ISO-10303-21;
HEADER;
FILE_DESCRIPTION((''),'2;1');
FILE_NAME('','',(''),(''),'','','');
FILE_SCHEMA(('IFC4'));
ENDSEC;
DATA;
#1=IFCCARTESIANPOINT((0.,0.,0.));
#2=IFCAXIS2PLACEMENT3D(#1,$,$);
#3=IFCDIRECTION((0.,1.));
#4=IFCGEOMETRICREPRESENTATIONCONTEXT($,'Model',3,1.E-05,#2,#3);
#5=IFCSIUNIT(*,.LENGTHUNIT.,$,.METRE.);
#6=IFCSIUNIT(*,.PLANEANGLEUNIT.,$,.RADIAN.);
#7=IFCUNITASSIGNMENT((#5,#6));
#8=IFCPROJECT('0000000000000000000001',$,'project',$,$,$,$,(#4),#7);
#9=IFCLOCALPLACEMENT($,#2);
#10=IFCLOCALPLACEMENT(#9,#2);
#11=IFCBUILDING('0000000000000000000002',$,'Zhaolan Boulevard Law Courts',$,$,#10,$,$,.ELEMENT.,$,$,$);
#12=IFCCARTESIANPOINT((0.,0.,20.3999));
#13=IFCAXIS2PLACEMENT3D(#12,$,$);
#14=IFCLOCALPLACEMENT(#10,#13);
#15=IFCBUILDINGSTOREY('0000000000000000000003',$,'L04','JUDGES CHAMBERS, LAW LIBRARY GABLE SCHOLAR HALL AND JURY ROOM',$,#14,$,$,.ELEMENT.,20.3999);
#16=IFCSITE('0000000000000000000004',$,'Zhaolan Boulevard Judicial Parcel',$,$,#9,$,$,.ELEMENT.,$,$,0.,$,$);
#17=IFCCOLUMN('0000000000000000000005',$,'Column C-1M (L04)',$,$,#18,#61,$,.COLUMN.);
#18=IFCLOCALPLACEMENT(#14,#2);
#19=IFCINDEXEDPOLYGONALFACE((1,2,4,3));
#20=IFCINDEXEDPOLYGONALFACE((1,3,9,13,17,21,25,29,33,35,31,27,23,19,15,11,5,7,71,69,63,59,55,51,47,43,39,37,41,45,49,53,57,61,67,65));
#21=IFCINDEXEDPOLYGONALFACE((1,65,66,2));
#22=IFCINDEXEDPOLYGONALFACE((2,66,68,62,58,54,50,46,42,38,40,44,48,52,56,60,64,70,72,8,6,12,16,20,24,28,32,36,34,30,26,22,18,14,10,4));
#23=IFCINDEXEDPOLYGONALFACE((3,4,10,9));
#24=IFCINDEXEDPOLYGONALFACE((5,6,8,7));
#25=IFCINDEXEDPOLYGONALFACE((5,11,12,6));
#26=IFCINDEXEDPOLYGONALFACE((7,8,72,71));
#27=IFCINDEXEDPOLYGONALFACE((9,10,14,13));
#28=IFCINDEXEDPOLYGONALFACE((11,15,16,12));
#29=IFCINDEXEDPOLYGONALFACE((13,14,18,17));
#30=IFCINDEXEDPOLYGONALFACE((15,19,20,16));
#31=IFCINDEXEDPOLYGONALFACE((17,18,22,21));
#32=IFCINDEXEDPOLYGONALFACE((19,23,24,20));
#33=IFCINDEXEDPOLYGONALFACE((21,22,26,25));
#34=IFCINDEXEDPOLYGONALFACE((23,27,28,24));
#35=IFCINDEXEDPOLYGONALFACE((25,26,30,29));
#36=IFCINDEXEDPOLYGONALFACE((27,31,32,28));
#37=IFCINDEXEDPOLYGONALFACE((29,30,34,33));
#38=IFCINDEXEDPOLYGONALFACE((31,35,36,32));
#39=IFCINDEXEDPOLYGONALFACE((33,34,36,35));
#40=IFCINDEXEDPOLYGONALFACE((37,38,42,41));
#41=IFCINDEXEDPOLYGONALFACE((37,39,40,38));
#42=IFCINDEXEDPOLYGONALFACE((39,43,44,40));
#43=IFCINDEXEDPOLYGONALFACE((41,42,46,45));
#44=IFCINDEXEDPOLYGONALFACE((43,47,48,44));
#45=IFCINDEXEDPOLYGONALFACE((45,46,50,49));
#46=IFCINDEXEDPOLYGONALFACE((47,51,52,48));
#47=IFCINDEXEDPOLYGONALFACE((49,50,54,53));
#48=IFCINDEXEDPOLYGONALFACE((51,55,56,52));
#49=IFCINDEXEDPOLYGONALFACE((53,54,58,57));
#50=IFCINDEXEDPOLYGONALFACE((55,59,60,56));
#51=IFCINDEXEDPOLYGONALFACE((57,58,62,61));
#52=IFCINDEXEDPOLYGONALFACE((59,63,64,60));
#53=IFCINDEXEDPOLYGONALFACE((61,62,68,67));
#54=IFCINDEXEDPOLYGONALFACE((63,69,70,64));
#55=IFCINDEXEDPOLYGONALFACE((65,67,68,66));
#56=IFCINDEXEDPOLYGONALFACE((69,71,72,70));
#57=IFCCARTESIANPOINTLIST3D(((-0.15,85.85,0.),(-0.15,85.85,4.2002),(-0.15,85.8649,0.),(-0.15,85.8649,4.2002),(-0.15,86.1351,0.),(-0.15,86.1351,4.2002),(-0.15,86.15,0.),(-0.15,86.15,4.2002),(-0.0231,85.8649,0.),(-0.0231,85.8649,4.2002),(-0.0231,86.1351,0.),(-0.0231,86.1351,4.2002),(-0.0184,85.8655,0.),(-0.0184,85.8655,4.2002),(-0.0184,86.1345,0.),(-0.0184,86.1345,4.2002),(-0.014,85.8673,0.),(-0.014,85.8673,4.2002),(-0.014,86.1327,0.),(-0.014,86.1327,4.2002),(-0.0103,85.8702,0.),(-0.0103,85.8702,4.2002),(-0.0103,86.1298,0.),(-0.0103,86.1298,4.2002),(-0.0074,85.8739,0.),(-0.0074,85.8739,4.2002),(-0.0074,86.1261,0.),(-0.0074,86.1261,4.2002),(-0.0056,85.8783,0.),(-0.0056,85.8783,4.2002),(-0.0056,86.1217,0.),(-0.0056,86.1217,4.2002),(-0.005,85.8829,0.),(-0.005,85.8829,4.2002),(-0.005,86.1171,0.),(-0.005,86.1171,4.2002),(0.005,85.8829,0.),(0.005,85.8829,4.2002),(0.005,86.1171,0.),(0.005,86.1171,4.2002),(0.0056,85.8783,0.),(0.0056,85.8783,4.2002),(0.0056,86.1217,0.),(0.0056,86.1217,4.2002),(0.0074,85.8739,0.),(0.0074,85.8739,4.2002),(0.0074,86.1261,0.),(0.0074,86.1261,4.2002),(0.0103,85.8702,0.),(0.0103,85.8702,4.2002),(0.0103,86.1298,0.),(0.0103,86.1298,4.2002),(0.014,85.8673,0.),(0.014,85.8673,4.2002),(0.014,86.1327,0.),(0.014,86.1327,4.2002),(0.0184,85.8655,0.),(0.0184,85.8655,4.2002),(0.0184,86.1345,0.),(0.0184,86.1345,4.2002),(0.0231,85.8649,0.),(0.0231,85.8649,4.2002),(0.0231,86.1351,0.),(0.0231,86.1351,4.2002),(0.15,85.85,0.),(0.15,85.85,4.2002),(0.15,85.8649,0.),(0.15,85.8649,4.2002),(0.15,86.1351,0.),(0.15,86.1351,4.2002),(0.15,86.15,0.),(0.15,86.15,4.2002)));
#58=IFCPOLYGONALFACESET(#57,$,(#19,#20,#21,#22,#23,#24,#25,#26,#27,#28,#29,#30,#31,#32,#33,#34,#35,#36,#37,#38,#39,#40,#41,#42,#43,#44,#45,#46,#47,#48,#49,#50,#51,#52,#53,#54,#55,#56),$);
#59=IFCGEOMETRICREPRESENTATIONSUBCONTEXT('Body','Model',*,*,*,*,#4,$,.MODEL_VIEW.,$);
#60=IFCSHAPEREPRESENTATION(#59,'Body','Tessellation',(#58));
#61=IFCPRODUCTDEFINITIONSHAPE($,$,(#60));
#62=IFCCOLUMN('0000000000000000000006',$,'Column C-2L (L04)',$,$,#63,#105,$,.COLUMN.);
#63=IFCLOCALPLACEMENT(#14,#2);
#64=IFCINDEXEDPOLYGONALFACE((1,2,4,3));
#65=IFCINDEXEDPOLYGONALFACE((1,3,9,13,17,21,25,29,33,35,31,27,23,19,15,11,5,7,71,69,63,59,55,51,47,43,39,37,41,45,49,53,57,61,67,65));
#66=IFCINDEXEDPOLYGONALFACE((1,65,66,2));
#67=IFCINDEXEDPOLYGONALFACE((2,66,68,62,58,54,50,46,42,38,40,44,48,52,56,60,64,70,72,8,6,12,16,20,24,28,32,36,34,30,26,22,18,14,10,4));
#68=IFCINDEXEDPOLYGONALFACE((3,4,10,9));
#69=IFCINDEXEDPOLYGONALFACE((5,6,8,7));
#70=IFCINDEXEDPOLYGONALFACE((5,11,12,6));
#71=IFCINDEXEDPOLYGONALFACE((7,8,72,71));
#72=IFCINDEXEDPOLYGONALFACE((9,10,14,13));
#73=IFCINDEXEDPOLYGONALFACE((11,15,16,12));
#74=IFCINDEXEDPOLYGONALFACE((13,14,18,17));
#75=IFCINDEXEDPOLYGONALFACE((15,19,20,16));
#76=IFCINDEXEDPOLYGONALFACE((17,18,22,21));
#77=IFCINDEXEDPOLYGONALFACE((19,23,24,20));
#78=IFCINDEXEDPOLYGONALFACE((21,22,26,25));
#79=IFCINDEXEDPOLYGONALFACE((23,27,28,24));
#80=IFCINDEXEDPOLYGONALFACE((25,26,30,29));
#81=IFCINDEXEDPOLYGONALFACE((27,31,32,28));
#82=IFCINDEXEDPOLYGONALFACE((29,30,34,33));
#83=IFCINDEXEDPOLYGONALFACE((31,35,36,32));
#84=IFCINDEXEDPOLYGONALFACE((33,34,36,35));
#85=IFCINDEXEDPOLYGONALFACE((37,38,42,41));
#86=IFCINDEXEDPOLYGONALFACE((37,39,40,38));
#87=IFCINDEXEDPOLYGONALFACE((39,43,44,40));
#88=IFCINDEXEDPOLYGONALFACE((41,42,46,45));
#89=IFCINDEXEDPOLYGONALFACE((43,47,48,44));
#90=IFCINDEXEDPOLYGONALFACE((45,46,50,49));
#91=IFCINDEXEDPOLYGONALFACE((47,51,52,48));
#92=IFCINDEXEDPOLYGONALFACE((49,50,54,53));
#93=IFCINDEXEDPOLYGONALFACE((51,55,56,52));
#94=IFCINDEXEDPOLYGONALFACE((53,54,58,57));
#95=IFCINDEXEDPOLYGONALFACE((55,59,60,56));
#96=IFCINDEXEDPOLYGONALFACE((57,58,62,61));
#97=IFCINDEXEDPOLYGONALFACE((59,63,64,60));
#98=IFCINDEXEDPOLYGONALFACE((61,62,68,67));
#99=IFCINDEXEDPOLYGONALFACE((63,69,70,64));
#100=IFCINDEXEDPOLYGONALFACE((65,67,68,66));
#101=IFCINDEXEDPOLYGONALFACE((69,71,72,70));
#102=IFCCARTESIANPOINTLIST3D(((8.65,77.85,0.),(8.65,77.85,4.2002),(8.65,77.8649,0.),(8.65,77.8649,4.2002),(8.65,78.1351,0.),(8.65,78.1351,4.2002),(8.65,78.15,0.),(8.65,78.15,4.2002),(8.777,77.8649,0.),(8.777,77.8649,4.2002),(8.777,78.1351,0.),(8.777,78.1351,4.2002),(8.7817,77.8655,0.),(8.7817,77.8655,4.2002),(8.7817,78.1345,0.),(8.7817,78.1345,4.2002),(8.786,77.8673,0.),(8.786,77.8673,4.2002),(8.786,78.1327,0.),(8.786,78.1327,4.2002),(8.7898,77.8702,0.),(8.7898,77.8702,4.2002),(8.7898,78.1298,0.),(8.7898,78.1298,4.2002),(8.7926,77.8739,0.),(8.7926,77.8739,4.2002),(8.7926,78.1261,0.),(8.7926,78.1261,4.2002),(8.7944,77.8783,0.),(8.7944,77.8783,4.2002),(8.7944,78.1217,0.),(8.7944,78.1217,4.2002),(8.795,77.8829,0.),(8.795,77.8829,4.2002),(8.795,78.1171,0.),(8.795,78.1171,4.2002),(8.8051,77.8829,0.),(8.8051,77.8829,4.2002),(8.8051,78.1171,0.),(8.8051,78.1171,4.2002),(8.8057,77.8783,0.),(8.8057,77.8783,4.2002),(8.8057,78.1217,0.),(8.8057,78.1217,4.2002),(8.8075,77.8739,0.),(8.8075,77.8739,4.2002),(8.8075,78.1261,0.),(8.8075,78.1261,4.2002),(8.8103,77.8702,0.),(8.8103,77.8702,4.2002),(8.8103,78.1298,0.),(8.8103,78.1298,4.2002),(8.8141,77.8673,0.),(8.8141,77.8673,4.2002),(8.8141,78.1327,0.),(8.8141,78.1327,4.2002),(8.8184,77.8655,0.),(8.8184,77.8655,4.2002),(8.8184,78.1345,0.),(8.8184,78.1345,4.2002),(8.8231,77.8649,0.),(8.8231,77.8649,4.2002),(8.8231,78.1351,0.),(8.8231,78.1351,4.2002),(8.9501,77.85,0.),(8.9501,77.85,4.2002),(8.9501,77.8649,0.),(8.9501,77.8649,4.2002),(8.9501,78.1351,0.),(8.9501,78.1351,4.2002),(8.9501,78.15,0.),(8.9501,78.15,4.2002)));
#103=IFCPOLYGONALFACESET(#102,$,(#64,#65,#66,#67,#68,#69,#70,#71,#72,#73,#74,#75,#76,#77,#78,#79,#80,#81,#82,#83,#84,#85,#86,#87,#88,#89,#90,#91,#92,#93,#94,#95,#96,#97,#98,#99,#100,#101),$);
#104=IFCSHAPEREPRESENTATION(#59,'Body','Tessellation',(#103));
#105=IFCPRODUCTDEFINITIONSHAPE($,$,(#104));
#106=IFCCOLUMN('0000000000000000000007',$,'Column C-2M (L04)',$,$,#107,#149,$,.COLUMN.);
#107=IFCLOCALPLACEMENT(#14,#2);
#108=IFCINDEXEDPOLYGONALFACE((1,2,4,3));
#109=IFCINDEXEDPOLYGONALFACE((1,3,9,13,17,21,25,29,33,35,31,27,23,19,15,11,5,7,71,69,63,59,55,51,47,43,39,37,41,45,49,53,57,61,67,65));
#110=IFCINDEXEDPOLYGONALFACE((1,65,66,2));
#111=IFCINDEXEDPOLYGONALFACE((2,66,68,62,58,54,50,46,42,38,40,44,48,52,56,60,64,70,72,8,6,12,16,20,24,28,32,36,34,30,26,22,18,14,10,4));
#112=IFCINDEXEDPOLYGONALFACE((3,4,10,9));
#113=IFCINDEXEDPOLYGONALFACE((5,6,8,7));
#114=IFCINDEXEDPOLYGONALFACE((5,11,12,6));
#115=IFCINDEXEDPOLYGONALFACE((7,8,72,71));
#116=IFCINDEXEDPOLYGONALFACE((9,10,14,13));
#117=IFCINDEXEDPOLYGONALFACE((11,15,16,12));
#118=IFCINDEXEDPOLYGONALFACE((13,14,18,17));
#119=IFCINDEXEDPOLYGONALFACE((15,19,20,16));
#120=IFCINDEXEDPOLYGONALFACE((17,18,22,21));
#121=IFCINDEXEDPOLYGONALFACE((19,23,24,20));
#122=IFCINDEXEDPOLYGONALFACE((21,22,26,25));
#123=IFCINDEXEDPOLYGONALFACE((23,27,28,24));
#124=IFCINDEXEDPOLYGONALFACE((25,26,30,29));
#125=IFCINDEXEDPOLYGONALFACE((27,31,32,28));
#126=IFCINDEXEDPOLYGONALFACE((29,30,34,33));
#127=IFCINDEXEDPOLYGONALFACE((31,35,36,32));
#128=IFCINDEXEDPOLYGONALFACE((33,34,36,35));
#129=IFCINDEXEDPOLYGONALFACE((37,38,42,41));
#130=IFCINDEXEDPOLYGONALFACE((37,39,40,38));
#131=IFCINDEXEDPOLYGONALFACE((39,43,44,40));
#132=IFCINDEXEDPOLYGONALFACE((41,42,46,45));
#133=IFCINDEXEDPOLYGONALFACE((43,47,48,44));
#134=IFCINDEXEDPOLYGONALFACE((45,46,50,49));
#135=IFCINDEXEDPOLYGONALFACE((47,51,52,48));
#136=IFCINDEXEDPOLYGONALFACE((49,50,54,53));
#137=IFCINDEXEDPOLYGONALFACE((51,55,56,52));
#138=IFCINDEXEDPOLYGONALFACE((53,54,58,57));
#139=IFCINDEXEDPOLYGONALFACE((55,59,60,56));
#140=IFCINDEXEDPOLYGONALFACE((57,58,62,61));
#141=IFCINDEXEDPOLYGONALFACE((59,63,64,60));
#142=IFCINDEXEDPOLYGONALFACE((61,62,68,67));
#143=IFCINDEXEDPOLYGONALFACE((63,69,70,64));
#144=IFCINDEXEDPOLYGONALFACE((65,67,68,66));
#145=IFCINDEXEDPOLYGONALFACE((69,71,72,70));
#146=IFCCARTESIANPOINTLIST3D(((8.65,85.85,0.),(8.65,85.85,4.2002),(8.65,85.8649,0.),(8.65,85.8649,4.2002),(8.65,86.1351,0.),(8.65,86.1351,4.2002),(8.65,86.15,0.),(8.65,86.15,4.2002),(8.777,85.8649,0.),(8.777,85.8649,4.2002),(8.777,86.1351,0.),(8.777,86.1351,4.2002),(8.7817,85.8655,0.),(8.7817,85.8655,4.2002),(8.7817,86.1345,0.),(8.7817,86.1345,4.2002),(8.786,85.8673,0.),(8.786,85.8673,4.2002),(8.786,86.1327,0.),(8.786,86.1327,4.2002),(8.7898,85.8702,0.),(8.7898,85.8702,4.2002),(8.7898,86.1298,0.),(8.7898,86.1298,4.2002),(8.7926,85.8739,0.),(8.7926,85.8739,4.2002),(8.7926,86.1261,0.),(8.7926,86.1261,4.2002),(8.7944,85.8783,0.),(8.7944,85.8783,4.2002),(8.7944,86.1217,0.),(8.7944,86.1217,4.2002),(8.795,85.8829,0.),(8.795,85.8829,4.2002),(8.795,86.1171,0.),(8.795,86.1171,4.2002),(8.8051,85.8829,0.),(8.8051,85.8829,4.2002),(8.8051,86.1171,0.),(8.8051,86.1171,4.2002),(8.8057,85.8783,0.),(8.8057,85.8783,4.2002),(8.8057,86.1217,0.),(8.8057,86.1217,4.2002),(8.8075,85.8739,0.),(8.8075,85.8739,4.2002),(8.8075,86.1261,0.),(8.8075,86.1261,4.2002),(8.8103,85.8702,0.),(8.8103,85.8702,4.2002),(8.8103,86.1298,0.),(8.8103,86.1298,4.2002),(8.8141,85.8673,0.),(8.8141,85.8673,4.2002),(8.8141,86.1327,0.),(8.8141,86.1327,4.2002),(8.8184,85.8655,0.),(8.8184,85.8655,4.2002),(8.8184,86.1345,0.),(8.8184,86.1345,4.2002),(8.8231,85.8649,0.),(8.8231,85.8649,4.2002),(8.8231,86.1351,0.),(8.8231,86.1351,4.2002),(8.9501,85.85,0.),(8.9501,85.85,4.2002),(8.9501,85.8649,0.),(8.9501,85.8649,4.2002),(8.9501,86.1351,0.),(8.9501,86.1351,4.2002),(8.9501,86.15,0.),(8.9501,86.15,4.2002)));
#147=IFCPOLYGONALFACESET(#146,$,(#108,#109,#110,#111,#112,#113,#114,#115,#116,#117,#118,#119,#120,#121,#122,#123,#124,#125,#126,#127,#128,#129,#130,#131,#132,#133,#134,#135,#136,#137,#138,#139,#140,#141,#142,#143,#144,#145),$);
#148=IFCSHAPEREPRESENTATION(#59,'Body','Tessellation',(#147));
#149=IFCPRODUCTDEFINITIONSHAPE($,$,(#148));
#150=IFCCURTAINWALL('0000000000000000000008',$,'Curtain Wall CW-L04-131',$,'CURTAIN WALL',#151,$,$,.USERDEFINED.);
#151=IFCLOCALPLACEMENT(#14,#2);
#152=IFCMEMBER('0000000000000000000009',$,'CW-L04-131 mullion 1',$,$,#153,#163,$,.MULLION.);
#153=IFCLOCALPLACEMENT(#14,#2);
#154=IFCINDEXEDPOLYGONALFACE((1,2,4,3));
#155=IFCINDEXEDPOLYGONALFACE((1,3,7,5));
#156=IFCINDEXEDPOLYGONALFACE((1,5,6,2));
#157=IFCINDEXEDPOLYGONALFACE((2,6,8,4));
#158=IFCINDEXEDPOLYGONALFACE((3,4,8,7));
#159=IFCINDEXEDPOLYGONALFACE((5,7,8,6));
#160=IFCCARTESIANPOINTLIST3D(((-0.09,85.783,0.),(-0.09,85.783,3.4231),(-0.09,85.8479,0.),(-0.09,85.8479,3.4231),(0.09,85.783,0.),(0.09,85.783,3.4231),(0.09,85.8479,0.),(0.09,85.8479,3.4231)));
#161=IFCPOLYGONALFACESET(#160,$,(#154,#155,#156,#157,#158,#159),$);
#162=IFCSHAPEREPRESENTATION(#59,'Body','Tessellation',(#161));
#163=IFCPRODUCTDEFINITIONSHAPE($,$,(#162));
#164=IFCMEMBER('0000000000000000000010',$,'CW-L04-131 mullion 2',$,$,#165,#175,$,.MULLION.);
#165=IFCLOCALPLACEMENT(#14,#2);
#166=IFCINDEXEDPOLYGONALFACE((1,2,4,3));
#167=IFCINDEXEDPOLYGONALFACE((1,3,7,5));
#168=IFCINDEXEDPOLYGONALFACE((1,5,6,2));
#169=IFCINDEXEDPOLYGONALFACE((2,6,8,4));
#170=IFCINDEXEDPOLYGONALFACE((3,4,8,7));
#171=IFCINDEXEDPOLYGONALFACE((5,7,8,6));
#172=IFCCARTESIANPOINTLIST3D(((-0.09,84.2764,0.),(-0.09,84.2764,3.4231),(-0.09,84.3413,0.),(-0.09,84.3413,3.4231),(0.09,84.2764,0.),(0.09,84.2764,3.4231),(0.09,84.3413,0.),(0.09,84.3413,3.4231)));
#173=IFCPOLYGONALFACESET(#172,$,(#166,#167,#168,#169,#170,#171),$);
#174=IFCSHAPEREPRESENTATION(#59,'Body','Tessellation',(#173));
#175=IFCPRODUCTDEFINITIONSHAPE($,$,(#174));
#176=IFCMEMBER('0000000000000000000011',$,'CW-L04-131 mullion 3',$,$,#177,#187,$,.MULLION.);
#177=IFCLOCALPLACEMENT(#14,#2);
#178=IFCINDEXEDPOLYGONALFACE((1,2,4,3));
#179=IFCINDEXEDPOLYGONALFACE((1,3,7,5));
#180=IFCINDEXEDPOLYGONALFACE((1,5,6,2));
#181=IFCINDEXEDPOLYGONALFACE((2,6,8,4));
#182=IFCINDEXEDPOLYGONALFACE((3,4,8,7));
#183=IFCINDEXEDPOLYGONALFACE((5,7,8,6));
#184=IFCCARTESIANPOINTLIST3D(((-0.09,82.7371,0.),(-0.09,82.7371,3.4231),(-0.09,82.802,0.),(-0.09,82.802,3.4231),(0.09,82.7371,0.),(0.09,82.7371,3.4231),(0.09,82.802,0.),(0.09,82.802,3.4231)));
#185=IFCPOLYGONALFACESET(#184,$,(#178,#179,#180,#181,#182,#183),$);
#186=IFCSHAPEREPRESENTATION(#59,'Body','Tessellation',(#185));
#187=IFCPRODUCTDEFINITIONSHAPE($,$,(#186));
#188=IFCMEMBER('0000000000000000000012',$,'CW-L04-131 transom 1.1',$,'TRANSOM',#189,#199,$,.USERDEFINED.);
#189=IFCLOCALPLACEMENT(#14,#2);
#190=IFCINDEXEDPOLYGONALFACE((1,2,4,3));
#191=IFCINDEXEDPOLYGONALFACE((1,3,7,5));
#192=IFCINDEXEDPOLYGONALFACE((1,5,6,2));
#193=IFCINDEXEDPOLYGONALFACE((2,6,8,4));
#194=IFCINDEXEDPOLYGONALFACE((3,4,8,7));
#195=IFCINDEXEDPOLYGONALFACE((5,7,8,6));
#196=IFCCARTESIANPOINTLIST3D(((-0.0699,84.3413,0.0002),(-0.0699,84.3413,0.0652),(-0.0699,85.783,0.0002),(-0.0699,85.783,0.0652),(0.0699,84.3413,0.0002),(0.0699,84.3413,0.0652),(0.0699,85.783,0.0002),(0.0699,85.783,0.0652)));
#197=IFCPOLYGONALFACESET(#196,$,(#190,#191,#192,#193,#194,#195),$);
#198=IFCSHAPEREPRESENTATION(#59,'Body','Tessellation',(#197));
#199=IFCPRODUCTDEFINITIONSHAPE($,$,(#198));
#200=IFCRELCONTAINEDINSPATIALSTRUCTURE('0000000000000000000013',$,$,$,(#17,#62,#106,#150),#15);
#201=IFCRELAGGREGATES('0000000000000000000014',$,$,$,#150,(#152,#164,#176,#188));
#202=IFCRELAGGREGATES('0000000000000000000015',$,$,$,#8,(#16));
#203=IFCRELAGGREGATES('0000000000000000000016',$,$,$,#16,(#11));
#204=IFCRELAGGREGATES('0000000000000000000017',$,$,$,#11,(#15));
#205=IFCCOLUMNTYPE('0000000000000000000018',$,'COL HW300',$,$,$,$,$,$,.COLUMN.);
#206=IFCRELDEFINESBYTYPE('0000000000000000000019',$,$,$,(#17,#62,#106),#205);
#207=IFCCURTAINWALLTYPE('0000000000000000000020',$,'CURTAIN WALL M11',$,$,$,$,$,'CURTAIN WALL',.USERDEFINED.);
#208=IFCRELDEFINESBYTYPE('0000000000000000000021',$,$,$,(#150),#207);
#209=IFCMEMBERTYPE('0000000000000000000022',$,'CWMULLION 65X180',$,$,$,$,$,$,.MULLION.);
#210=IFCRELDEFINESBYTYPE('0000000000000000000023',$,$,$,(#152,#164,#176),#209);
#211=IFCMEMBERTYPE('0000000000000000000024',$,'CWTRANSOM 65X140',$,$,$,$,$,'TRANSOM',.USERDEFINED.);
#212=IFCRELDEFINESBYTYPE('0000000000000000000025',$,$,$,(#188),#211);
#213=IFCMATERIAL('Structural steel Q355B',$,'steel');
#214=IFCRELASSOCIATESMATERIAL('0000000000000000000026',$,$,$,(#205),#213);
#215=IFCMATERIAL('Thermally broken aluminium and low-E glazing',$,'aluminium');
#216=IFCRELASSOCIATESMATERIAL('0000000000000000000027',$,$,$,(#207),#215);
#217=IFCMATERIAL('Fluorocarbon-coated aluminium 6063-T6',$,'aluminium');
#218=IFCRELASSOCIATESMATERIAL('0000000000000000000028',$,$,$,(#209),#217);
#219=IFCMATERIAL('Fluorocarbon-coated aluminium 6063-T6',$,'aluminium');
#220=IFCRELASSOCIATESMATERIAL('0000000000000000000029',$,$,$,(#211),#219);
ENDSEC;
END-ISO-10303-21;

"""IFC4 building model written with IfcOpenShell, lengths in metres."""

from ifc_helpers import new_model, si_unit, direction, frame, origin, origin_2d, place, context, subcontext, project, spatial, rectangle, i_section, extrude, material, material_profile, profile_set, type_object, element, aggregate, save


model = new_model("IFC4")

# Units and contexts
model_context = context("Model", 3, precision=1e-05, world=origin(), true_north=direction((0.0, 1.0)))
body_context = subcontext(model_context, "Body", "Model", "MODEL_VIEW")
ifc_project = project(units=[si_unit("LENGTHUNIT", "METRE"), si_unit("PLANEANGLEUNIT", "RADIAN")], contexts=[model_context])

# Site, building, storey
site_placement = place(None, origin())
site = spatial("IfcSite", under=ifc_project, at=site_placement, Name="Zhaolan Boulevard Judicial Parcel", CompositionType="ELEMENT", RefElevation=0.0)
building_placement = place(site_placement, origin())
building = spatial("IfcBuilding", under=site, at=building_placement, Name="Zhaolan Boulevard Law Courts", CompositionType="ELEMENT")
storey_placement = place(building_placement, frame((0.0, 0.0, 20.3999)))
storey = spatial("IfcBuildingStorey", under=building, at=storey_placement, Name="L04", Description="JUDGES CHAMBERS, LAW LIBRARY GABLE SCHOLAR HALL AND JURY ROOM", CompositionType="ELEMENT", Elevation=20.3999)

# Columns
ifc_material_1 = material(Name="Structural steel Q355B", Category="steel")
ifc_material_profile_1 = material_profile(ifc_material_1, i_section(OverallWidth=0.3, OverallDepth=0.3, WebThickness=0.01, FlangeThickness=0.0149, FilletRadius=0.0181, at=origin_2d()), Name="HW300x300")
ifc_profile_set_1 = profile_set([ifc_material_profile_1], Name="Structural steel Q355B")
column_type = type_object("IfcColumnType", Name="COL HW300", PredefinedType="COLUMN", material=ifc_profile_set_1)
for number, where, z_axis, x_axis, name in (
    (1, (0.0, 86.0, 0.0), (0.0, 0.0, 1.0), (1.0, 0.0, 0.0), "Column C-1M (L04)"),
    (2, (8.8, 78.0, 0.0), (0.0, 0.0, 1.0), (1.0, 0.0, 0.0), "Column C-2L (L04)"),
    (3, (8.8, 86.0, 0.0), (0.0, 0.0, 1.0), (1.0, 0.0, 0.0), "Column C-2M (L04)"),
):
    element("IfcColumn", number, at=place(storey_placement, frame(where, z_axis=z_axis, x_axis=x_axis)), inside=storey, type_object=column_type, Name=name, PredefinedType="COLUMN", context=body_context, shape_type="SweptSolid", body=[
        extrude(i_section(OverallWidth=0.3, OverallDepth=0.3, WebThickness=0.01, FlangeThickness=0.0149, FilletRadius=0.0181, at=origin_2d()), origin(), (0.0, 0.0, 1.0), 4.2002),
    ])

# Curtain wall, members
ifc_material_2 = material(Name="Thermally broken aluminium and low-E glazing", Category="aluminium")
curtain_wall_type = type_object("IfcCurtainWallType", Name="CURTAIN WALL M11", ElementType="CURTAIN WALL", PredefinedType="USERDEFINED", material=ifc_material_2)
curtain_wall_placement = place(storey_placement, origin())
curtain_wall = element("IfcCurtainWall", 4, at=curtain_wall_placement, inside=storey, type_object=curtain_wall_type, Name="Curtain Wall CW-L04-131", ObjectType="CURTAIN WALL", PredefinedType="USERDEFINED")
ifc_material_3 = material(Name="Fluorocarbon-coated aluminium 6063-T6", Category="aluminium")
ifc_material_profile_2 = material_profile(ifc_material_3, rectangle(XDim=0.1799, YDim=0.0649, at=origin_2d()), Name="AL65x180")
ifc_profile_set_2 = profile_set([ifc_material_profile_2], Name="Fluorocarbon-coated aluminium 6063-T6")
member_type_1 = type_object("IfcMemberType", Name="CWMULLION 65X180", PredefinedType="MULLION", material=ifc_profile_set_2)
member_1_placement = place(storey_placement, frame((0.0, 85.8154, 0.0), z_axis=(0.0, 0.0, 1.0), x_axis=(1.0, 0.0, 0.0)))
member_1 = element("IfcMember", 5, at=member_1_placement, type_object=member_type_1, Name="CW-L04-131 mullion 1", PredefinedType="MULLION", context=body_context, shape_type="SweptSolid", body=[
    extrude(rectangle(XDim=0.1799, YDim=0.0649, at=origin_2d()), origin(), (0.0, 0.0, 1.0), 3.4231),
])
member_2_placement = place(storey_placement, frame((0.0, 84.3088, 0.0), z_axis=(0.0, 0.0, 1.0), x_axis=(1.0, 0.0, 0.0)))
member_2 = element("IfcMember", 6, at=member_2_placement, type_object=member_type_1, Name="CW-L04-131 mullion 2", PredefinedType="MULLION", context=body_context, shape_type="SweptSolid", body=[
    extrude(rectangle(XDim=0.1799, YDim=0.0649, at=origin_2d()), origin(), (0.0, 0.0, 1.0), 3.4231),
])
member_3_placement = place(storey_placement, frame((0.0, 82.7695, 0.0), z_axis=(0.0, 0.0, 1.0), x_axis=(1.0, 0.0, 0.0)))
member_3 = element("IfcMember", 7, at=member_3_placement, type_object=member_type_1, Name="CW-L04-131 mullion 3", PredefinedType="MULLION", context=body_context, shape_type="SweptSolid", body=[
    extrude(rectangle(XDim=0.1799, YDim=0.0649, at=origin_2d()), origin(), (0.0, 0.0, 1.0), 3.4231),
])
ifc_material_4 = material(Name="Fluorocarbon-coated aluminium 6063-T6", Category="aluminium")
ifc_material_profile_3 = material_profile(ifc_material_4, rectangle(XDim=0.1399, YDim=0.0649, at=origin_2d()), Name="AL65x140")
ifc_profile_set_3 = profile_set([ifc_material_profile_3], Name="Fluorocarbon-coated aluminium 6063-T6")
member_type_2 = type_object("IfcMemberType", Name="CWTRANSOM 65X140", ElementType="TRANSOM", PredefinedType="USERDEFINED", material=ifc_profile_set_3)
member_4_placement = place(storey_placement, frame((0.0, 85.783, 0.0327), z_axis=(0.0, -1.0, 0.0), x_axis=(1.0, 0.0, 0.0)))
member_4 = element("IfcMember", 8, at=member_4_placement, type_object=member_type_2, Name="CW-L04-131 transom 1.1", ObjectType="TRANSOM", PredefinedType="USERDEFINED", context=body_context, shape_type="SweptSolid", body=[
    extrude(rectangle(XDim=0.1399, YDim=0.0649, at=origin_2d()), origin(), (0.0, 0.0, 1.0), 1.4417),
])

aggregate(curtain_wall, [member_1, member_2, member_3, member_4])

save(model, "model.ifc")
